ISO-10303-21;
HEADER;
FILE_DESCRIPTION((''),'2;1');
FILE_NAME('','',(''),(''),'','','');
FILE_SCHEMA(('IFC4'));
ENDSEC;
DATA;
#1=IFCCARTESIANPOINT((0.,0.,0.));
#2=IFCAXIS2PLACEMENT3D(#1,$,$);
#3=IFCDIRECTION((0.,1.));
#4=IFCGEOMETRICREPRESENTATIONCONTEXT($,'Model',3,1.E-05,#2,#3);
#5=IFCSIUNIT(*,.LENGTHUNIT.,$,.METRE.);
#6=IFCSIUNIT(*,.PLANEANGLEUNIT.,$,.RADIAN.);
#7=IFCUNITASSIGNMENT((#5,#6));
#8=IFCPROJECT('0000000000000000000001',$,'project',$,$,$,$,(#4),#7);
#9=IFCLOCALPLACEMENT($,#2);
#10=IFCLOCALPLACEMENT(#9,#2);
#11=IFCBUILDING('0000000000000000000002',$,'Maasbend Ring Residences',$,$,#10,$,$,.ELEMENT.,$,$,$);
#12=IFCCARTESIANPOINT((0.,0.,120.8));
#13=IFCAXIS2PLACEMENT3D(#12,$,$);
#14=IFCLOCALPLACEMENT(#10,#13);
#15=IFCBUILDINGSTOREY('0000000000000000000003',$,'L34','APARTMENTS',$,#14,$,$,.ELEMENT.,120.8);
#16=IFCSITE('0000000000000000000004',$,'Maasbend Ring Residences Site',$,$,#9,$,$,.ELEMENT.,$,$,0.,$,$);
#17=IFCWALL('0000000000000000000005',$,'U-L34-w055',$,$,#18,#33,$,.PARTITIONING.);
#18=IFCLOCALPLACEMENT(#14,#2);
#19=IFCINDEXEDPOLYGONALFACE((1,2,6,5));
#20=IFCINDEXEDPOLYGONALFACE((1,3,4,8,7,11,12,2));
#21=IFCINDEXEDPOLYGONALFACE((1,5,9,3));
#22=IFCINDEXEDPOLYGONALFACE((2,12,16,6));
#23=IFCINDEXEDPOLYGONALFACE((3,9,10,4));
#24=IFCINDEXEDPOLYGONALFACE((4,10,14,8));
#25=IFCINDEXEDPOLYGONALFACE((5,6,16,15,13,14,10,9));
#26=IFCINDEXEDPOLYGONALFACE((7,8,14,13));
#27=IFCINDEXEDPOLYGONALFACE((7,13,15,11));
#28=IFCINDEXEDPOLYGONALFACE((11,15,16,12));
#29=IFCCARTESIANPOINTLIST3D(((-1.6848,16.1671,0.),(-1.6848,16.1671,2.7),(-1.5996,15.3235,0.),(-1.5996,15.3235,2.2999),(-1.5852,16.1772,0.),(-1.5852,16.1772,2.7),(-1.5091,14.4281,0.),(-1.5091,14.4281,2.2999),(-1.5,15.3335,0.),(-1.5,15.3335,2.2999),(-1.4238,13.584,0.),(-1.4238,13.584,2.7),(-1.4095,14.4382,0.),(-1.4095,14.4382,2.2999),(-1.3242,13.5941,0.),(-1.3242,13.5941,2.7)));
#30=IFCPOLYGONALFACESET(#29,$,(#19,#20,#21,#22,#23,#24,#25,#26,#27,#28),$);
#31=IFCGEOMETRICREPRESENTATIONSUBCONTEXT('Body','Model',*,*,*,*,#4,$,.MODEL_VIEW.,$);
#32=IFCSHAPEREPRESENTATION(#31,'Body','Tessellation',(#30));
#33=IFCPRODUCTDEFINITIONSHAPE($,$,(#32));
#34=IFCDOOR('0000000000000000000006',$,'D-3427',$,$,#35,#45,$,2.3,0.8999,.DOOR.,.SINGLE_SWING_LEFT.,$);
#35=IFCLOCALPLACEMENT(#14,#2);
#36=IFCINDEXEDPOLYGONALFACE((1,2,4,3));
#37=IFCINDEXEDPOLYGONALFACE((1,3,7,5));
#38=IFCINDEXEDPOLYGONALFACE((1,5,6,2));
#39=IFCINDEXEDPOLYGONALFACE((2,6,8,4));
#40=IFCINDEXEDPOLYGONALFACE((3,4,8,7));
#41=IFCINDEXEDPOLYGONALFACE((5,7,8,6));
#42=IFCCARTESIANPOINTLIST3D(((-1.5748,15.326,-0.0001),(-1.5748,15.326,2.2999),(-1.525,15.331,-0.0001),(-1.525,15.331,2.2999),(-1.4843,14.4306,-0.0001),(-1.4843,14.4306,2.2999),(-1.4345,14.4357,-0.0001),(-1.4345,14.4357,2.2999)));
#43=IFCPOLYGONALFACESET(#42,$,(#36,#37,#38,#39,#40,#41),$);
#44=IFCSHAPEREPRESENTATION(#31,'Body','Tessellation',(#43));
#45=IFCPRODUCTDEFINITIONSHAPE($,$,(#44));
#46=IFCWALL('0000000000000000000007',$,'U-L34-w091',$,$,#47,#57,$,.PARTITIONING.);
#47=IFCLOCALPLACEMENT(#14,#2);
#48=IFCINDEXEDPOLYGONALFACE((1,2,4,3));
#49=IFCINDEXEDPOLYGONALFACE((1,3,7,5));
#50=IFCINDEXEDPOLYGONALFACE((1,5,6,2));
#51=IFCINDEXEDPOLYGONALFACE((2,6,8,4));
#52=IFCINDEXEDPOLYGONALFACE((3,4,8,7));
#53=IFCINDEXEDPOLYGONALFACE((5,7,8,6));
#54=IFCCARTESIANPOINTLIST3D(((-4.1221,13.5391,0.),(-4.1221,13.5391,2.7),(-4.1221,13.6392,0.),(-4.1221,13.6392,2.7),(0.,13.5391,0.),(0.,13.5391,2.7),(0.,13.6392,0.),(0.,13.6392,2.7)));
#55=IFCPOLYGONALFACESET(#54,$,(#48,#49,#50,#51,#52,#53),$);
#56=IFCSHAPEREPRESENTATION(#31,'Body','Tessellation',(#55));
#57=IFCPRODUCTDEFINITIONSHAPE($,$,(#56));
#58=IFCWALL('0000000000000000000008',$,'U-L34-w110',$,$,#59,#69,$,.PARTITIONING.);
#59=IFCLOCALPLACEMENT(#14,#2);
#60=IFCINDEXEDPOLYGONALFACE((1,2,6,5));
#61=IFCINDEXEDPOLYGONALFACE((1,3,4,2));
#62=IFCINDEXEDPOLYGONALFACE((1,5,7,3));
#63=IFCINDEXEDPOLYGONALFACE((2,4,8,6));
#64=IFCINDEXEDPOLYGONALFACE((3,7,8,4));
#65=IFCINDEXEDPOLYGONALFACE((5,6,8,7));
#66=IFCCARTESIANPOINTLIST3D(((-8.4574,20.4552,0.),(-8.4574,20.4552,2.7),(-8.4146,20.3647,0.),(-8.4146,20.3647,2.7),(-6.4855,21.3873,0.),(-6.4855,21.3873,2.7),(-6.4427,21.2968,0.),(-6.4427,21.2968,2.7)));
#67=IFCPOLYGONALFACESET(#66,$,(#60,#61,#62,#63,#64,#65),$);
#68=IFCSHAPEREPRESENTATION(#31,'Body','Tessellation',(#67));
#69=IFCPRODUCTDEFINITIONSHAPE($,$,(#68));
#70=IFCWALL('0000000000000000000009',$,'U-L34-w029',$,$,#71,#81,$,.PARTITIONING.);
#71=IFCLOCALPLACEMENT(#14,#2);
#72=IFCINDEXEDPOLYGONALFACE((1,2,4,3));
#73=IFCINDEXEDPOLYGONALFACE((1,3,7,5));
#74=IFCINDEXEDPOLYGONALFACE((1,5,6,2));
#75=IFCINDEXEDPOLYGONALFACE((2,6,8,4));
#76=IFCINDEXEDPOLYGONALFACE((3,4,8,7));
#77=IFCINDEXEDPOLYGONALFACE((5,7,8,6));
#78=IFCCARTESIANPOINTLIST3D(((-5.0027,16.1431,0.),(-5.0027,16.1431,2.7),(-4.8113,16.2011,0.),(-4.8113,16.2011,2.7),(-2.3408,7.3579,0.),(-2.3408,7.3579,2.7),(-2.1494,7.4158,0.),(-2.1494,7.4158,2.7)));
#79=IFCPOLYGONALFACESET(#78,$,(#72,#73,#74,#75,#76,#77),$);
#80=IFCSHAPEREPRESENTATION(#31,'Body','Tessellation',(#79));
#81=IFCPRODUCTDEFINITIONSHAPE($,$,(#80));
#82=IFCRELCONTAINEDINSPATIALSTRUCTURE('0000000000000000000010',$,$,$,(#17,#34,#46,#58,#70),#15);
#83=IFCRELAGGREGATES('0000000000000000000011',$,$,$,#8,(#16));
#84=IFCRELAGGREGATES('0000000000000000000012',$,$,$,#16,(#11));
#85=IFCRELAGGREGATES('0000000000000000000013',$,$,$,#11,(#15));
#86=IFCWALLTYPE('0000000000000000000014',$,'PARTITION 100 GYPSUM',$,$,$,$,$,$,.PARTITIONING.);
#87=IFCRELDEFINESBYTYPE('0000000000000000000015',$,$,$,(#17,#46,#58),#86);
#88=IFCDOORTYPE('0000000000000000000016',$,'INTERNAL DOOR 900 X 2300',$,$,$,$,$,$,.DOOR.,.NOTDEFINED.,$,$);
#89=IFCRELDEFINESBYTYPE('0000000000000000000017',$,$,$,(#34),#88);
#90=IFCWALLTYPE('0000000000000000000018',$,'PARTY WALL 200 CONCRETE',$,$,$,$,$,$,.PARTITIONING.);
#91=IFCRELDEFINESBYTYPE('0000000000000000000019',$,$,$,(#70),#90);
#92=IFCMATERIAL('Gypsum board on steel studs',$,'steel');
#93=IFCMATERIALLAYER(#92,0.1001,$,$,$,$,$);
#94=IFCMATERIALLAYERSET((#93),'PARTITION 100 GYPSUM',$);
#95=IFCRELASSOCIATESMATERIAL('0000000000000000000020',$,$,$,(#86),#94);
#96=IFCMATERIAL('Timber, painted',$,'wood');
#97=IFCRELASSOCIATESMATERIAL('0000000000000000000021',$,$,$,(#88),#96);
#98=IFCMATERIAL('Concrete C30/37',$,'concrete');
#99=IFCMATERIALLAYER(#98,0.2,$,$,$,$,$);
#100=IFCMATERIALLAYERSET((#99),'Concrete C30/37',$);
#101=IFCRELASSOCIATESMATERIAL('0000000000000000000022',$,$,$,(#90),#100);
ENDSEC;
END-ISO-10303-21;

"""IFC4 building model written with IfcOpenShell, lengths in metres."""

from ifc_helpers import new_model, si_unit, direction, frame, frame_2d, origin, place, context, subcontext, project, spatial, rectangle, extrude, material, layer, layer_set, type_object, element, fill, save


model = new_model("IFC4")

# Units and contexts
model_context = context("Model", 3, precision=1e-05, world=origin(), true_north=direction((0.0, 1.0)))
body_context = subcontext(model_context, "Body", "Model", "MODEL_VIEW")
ifc_project = project(units=[si_unit("LENGTHUNIT", "METRE"), si_unit("PLANEANGLEUNIT", "RADIAN")], contexts=[model_context])

# Site, building, storey
site_placement = place(None, origin())
site = spatial("IfcSite", under=ifc_project, at=site_placement, Name="Maasbend Ring Residences Site", CompositionType="ELEMENT", RefElevation=0.0)
building_placement = place(site_placement, origin())
building = spatial("IfcBuilding", under=site, at=building_placement, Name="Maasbend Ring Residences", CompositionType="ELEMENT")
storey_placement = place(building_placement, frame((0.0, 0.0, 120.8)))
storey = spatial("IfcBuildingStorey", under=building, at=storey_placement, Name="L34", Description="APARTMENTS", CompositionType="ELEMENT", Elevation=120.8)

# Shared definitions
ifc_material_1 = material(Name="Gypsum board on steel studs", Category="steel")
ifc_layer_1 = layer(ifc_material_1, 0.1001)
ifc_layer_set_1 = layer_set([ifc_layer_1], Name="PARTITION 100 GYPSUM")
wall_type_1 = type_object("IfcWallType", Name="PARTITION 100 GYPSUM", PredefinedType="PARTITIONING", material=ifc_layer_set_1)
ifc_material_2 = material(Name="Timber, painted", Category="wood")
door_type_1 = type_object("IfcDoorType", Name="INTERNAL DOOR 900 X 2300", OperationType="NOTDEFINED", PredefinedType="DOOR", material=ifc_material_2)

# Wall, opening, door
wall_1_placement = place(storey_placement, frame((-1.635, 16.1721, 0.0), z_axis=(0.0, 0.0, 1.0), x_axis=(0.100528, -0.994934, 0.0)))
wall_1 = element("IfcWall", 1, at=wall_1_placement, inside=storey, type_object=wall_type_1, Name="U-L34-w055", PredefinedType="PARTITIONING", context=body_context, shape_type="SweptSolid", body=[
    extrude(rectangle(XDim=2.5962, YDim=0.1001, at=frame_2d((1.2981, 0.0))), origin(), (0.0, 0.0, 1.0), 2.7),
])
opening_1_placement = place(wall_1_placement, frame((0.8479, 0.0, 0.0)))
opening_1 = element("IfcOpeningElement", 2, at=opening_1_placement, cuts=wall_1, PredefinedType="OPENING", context=body_context, shape_type="SweptSolid", body=[
    extrude(rectangle(XDim=0.8999, YDim=2.3, at=frame_2d((0.45, 1.1499))), frame((0.0, 0.0601, 0.0), z_axis=(0.0, -1.0, 0.0), x_axis=(1.0, 0.0, 0.0)), (0.0, 0.0, 1.0), 0.1201),
])
door_1_placement = place(opening_1_placement, origin())
door_1 = element("IfcDoor", 3, at=door_1_placement, inside=storey, type_object=door_type_1, Name="D-3427", OperationType="SINGLE_SWING_LEFT", OverallHeight=2.3, OverallWidth=0.8999, PredefinedType="DOOR", context=body_context, shape_type="SweptSolid", body=[
    extrude(rectangle(XDim=0.8999, YDim=2.3, at=frame_2d((0.45, 1.1499))), frame((0.0, 0.0249, 0.0), z_axis=(0.0, -1.0, 0.0), x_axis=(1.0, 0.0, 0.0)), (0.0, 0.0, 1.0), 0.05),
])
fill(opening_1, door_1)

# Walls
wall_2_placement = place(storey_placement, frame((-4.1221, 13.5891, 0.0), z_axis=(0.0, 0.0, 1.0), x_axis=(1.0, 0.0, 0.0)))
element("IfcWall", 4, at=wall_2_placement, inside=storey, type_object=wall_type_1, Name="U-L34-w091", PredefinedType="PARTITIONING", context=body_context, shape_type="SweptSolid", body=[
    extrude(rectangle(XDim=4.1221, YDim=0.1001, at=frame_2d((2.061, 0.0))), origin(), (0.0, 0.0, 1.0), 2.7),
])
wall_3_placement = place(storey_placement, frame((-8.436, 20.4099, 0.0), z_axis=(0.0, 0.0, 1.0), x_axis=(0.904082, 0.42736, 0.0)))
element("IfcWall", 5, at=wall_3_placement, inside=storey, type_object=wall_type_1, Name="U-L34-w110", PredefinedType="PARTITIONING", context=body_context, shape_type="SweptSolid", body=[
    extrude(rectangle(XDim=2.1812, YDim=0.1001, at=frame_2d((1.0906, 0.0))), origin(), (0.0, 0.0, 1.0), 2.7),
])
ifc_material_3 = material(Name="Concrete C30/37", Category="concrete")
ifc_layer_2 = layer(ifc_material_3, 0.2)
ifc_layer_set_2 = layer_set([ifc_layer_2], Name="Concrete C30/37")
wall_type_2 = type_object("IfcWallType", Name="PARTY WALL 200 CONCRETE", PredefinedType="PARTITIONING", material=ifc_layer_set_2)
wall_4_placement = place(storey_placement, frame((-4.907, 16.1721, 0.0), z_axis=(0.0, 0.0, 1.0), x_axis=(0.289977, -0.957034, 0.0)))
element("IfcWall", 6, at=wall_4_placement, inside=storey, type_object=wall_type_2, Name="U-L34-w029", PredefinedType="PARTITIONING", context=body_context, shape_type="SweptSolid", body=[
    extrude(rectangle(XDim=9.1797, YDim=0.2, at=frame_2d((4.5898, 0.0))), origin(), (0.0, 0.0, 1.0), 2.7),
])

save(model, "model.ifc")
